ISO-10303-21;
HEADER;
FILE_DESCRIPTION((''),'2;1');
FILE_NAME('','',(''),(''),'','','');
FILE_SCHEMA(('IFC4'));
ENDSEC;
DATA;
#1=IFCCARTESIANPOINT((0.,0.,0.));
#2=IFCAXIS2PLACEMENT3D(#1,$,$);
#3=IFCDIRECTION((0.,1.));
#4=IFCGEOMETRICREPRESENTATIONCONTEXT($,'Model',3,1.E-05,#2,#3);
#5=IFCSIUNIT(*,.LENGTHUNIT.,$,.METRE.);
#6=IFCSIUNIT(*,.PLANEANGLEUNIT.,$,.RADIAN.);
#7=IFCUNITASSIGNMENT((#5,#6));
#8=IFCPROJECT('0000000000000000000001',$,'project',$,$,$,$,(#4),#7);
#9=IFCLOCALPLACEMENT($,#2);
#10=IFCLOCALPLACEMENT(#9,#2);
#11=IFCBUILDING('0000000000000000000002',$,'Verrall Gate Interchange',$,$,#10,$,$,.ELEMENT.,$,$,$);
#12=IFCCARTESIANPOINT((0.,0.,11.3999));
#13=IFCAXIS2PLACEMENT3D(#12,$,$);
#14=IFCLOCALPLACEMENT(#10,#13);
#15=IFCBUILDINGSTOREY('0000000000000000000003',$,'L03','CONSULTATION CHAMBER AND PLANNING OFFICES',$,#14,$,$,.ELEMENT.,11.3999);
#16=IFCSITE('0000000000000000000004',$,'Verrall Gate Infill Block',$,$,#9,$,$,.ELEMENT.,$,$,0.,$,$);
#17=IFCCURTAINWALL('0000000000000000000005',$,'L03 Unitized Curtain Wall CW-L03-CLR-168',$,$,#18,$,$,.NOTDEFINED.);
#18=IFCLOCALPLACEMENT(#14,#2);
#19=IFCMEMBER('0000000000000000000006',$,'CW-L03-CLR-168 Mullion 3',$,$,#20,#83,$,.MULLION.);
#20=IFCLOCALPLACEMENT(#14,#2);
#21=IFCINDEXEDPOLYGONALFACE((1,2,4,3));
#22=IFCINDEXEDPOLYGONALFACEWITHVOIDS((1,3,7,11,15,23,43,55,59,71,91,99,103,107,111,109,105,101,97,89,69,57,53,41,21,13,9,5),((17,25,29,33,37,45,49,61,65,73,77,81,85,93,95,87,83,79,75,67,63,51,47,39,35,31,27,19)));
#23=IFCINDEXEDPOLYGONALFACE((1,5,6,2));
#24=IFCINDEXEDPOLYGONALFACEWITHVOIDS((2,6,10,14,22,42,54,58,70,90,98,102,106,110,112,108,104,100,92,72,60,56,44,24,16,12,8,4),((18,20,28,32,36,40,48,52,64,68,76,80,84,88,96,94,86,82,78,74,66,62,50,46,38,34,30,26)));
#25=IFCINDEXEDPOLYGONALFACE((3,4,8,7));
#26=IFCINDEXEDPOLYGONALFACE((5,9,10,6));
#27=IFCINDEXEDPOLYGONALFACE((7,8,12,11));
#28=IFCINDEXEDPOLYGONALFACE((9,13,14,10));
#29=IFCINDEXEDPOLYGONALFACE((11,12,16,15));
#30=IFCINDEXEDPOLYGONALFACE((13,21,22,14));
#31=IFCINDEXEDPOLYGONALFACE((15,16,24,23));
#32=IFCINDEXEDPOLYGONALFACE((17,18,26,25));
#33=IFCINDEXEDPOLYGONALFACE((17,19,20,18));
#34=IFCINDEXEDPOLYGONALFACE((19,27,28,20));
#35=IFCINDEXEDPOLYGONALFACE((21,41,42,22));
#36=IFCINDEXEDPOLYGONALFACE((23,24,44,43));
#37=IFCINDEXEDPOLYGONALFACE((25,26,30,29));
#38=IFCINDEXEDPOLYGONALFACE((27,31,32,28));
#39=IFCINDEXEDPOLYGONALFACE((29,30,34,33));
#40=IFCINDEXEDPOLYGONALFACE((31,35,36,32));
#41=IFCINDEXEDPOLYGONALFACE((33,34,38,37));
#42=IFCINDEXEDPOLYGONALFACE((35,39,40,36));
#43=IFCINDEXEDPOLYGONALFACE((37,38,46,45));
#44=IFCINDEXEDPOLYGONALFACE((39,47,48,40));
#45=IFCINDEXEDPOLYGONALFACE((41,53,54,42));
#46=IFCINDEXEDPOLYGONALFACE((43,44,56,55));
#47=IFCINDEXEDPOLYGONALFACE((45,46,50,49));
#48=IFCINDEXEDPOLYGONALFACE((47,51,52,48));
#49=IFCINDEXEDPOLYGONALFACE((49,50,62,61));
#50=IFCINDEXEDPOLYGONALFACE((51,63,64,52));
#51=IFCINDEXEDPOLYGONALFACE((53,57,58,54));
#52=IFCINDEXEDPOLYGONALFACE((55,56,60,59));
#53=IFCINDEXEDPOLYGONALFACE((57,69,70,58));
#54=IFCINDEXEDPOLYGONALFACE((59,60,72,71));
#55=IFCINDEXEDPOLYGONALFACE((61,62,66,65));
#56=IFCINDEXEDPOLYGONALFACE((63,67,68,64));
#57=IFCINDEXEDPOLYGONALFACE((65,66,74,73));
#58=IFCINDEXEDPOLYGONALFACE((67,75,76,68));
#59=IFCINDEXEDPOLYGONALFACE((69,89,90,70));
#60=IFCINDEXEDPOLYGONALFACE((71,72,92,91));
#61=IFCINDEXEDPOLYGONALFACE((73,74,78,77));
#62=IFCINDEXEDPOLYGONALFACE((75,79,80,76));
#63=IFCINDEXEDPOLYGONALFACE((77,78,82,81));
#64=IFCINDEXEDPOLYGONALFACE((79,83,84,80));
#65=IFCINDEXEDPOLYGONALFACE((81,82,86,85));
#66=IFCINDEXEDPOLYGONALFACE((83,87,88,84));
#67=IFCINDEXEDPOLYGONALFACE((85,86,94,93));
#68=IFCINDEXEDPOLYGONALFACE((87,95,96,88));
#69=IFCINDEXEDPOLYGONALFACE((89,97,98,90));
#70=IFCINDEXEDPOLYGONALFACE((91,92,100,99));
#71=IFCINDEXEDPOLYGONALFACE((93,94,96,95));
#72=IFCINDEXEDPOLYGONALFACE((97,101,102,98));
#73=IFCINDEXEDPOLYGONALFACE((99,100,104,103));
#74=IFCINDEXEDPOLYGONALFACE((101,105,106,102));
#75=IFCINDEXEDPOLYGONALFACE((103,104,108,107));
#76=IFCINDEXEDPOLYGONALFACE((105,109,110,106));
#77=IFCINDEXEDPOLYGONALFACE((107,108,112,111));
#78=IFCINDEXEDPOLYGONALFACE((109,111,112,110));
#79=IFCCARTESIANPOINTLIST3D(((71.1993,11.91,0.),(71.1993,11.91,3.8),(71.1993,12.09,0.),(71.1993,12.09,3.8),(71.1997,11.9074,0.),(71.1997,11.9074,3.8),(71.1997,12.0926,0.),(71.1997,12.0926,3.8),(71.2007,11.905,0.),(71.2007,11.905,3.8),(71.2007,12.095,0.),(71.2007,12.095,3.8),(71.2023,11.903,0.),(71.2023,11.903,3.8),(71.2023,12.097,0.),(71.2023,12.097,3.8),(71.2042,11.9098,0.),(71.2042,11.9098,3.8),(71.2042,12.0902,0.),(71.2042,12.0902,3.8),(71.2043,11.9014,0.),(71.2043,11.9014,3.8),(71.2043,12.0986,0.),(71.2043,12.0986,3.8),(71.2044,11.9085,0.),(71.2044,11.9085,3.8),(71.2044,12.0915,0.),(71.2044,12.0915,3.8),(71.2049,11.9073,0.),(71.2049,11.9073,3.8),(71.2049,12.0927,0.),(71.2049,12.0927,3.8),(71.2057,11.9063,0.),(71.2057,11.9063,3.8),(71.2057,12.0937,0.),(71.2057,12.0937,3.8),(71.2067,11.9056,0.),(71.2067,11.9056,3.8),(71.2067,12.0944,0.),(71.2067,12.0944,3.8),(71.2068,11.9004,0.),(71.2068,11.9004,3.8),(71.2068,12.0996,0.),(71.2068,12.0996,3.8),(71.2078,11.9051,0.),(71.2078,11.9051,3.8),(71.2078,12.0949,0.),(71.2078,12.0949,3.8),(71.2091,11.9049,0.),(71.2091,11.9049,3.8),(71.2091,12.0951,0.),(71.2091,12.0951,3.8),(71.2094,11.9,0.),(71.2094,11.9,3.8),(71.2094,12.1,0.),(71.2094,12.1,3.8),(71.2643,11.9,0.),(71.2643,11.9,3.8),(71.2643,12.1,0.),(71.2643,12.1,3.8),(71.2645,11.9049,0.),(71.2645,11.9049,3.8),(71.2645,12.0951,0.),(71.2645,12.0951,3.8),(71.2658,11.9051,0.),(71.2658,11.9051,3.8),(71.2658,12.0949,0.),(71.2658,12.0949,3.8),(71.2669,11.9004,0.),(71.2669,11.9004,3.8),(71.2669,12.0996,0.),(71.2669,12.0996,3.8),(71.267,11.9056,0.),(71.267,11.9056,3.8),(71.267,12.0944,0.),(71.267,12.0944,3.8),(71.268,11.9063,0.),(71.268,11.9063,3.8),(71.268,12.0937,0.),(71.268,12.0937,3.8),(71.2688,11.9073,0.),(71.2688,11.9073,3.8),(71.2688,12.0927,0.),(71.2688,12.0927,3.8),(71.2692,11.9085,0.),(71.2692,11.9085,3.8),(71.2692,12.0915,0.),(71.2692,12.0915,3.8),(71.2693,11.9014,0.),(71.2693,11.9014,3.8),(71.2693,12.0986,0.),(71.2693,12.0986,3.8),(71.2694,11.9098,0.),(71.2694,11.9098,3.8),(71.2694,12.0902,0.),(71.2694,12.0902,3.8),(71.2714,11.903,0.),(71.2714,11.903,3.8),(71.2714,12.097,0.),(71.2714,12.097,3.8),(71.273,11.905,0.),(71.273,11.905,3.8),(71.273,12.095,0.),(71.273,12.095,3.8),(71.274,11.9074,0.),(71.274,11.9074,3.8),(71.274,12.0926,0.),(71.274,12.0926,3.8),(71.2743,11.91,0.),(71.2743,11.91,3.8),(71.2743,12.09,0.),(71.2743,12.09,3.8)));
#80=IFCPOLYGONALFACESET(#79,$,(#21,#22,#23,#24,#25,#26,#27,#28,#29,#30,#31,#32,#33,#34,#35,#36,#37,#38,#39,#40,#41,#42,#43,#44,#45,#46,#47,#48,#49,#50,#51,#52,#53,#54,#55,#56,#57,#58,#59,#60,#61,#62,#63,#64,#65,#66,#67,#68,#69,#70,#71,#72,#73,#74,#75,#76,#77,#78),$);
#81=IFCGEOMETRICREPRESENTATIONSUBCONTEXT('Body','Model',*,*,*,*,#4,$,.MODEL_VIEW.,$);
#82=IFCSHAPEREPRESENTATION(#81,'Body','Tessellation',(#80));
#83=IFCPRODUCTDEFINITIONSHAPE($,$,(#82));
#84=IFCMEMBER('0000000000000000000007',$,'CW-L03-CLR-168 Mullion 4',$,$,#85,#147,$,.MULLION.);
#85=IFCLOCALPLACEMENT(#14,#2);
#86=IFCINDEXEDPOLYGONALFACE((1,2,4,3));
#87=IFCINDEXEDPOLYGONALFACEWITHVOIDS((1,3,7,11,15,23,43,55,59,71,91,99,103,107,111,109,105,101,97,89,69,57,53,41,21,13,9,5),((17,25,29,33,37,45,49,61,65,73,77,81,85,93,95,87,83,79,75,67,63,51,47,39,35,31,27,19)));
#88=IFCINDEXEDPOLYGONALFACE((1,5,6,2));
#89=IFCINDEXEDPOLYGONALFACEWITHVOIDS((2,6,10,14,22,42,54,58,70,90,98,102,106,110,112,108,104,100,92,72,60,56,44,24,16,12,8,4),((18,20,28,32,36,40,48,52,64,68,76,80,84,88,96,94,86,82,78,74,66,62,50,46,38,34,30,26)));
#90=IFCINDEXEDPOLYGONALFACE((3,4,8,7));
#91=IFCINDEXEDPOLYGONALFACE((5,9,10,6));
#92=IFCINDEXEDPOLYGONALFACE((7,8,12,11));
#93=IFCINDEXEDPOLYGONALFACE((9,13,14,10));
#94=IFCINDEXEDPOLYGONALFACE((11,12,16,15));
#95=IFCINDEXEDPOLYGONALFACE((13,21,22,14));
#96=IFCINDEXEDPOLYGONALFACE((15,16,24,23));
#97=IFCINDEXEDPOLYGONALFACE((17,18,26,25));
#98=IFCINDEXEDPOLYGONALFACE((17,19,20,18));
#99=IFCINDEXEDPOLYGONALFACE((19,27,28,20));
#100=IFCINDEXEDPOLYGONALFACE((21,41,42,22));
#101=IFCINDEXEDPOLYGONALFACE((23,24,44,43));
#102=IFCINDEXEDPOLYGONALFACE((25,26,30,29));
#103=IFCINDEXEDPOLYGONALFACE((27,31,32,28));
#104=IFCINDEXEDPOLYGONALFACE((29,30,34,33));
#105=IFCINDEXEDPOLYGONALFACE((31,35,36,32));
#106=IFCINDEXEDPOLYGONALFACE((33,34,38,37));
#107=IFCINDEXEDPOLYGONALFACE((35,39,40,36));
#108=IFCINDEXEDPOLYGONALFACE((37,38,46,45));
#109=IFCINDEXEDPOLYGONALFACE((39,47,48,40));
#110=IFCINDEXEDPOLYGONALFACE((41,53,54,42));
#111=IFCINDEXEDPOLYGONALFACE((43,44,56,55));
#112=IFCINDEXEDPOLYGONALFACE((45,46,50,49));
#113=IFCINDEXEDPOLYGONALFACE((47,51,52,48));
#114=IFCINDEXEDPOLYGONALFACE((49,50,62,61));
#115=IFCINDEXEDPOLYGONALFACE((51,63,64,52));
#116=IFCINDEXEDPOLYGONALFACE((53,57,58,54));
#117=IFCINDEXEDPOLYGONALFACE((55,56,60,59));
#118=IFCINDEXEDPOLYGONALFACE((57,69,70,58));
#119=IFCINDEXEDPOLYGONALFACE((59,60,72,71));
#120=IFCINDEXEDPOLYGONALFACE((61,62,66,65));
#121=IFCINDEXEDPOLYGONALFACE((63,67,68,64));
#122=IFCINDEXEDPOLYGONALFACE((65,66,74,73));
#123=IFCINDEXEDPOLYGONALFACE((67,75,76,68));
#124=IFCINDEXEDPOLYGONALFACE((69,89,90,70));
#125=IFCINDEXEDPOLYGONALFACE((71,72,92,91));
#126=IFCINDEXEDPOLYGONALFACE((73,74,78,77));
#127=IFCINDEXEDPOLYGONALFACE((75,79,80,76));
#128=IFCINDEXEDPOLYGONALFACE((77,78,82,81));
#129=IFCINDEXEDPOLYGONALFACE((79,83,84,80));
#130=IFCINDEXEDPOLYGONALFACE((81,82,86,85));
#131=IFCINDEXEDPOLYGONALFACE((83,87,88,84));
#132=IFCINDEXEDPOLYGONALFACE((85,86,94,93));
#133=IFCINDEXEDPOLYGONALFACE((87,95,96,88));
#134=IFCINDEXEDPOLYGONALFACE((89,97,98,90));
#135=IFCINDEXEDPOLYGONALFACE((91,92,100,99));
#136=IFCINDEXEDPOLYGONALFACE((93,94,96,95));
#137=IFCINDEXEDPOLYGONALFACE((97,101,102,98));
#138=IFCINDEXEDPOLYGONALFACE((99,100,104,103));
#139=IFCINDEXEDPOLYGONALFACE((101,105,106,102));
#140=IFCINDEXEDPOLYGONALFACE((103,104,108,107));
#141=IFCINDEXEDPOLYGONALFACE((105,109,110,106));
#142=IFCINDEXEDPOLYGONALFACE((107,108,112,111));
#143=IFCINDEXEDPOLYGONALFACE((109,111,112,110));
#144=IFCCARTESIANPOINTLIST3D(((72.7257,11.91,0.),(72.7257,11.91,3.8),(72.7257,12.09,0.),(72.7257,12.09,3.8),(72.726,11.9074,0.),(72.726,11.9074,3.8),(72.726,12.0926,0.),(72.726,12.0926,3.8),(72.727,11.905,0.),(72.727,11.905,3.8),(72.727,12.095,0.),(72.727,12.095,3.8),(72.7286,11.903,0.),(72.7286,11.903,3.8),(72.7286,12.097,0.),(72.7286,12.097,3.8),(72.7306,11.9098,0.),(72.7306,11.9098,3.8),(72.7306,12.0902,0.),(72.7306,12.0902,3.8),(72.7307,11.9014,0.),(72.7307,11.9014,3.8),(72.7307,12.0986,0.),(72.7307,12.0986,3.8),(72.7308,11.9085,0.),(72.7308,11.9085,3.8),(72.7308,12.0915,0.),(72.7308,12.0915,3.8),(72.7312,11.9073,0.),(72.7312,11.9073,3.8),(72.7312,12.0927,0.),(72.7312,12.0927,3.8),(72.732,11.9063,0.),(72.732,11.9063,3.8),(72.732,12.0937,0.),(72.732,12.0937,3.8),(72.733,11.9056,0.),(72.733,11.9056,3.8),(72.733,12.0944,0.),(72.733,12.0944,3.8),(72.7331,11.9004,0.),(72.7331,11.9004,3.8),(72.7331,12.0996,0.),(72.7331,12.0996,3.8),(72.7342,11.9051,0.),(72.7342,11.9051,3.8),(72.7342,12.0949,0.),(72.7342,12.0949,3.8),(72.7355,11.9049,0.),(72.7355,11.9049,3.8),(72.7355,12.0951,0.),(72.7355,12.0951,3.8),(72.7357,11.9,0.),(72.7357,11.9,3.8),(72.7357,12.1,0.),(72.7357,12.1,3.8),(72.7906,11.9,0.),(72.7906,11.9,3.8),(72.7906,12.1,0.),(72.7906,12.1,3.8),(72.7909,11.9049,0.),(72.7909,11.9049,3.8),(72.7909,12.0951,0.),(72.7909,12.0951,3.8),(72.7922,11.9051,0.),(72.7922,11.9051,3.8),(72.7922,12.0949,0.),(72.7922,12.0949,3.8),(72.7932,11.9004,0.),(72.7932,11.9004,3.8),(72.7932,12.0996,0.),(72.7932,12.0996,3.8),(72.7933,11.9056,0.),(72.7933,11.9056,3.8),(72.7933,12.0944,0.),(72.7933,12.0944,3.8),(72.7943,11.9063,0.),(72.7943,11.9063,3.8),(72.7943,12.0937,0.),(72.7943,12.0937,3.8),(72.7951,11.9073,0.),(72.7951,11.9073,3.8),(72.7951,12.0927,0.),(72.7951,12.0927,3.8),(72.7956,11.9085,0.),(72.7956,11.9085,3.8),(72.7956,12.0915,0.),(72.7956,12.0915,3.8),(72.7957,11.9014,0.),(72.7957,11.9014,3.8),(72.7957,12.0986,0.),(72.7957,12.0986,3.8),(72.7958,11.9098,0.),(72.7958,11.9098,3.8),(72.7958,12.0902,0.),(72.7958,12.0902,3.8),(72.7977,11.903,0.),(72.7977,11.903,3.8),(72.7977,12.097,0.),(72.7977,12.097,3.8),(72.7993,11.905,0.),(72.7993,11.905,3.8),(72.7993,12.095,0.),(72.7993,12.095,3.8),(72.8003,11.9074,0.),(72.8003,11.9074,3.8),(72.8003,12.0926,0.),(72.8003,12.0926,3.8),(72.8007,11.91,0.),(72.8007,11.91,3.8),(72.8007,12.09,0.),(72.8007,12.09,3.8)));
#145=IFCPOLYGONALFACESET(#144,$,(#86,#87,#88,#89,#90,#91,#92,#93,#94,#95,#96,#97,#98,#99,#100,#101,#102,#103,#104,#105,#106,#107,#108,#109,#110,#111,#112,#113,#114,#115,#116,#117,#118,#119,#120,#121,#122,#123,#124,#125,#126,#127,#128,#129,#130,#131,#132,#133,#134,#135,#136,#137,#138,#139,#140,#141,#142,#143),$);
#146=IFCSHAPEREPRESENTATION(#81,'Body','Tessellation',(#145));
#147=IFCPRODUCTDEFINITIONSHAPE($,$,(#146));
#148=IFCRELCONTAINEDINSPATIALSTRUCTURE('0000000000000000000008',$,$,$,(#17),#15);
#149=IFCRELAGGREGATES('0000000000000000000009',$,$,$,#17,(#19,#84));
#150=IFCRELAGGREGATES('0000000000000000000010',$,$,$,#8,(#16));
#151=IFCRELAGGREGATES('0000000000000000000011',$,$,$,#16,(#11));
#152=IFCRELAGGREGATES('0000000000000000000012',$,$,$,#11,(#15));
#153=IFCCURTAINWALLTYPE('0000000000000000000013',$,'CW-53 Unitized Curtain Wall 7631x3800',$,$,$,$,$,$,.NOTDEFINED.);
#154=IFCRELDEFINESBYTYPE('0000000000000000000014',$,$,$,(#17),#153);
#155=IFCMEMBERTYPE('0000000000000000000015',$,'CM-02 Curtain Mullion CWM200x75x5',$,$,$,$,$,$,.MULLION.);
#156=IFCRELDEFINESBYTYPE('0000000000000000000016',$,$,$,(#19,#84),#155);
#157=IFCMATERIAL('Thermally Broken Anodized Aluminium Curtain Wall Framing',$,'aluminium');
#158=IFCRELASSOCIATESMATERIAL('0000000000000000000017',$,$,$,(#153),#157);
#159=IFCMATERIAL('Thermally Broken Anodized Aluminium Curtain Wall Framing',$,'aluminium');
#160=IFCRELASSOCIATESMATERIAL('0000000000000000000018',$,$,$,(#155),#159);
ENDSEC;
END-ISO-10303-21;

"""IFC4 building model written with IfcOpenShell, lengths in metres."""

from ifc_helpers import new_model, si_unit, direction, frame, origin, origin_2d, place, context, subcontext, project, spatial, hollow_rectangle, extrude, material, material_profile, profile_set, type_object, element, aggregate, save


model = new_model("IFC4")

# Units and contexts
model_context = context("Model", 3, precision=1e-05, world=origin(), true_north=direction((0.0, 1.0)))
body_context = subcontext(model_context, "Body", "Model", "MODEL_VIEW")
ifc_project = project(units=[si_unit("LENGTHUNIT", "METRE"), si_unit("PLANEANGLEUNIT", "RADIAN")], contexts=[model_context])

# Site, building, storey
site_placement = place(None, origin())
site = spatial("IfcSite", under=ifc_project, at=site_placement, Name="Verrall Gate Infill Block", CompositionType="ELEMENT", RefElevation=0.0)
building_placement = place(site_placement, origin())
building = spatial("IfcBuilding", under=site, at=building_placement, Name="Verrall Gate Interchange", CompositionType="ELEMENT")
storey_placement = place(building_placement, frame((0.0, 0.0, 11.3999)))
storey = spatial("IfcBuildingStorey", under=building, at=storey_placement, Name="L03", Description="CONSULTATION CHAMBER AND PLANNING OFFICES", CompositionType="ELEMENT", Elevation=11.3999)

# Curtain wall, members
ifc_material_1 = material(Name="Thermally Broken Anodized Aluminium Curtain Wall Framing", Category="aluminium")
curtain_wall_type = type_object("IfcCurtainWallType", Name="CW-53 Unitized Curtain Wall 7631x3800", PredefinedType="NOTDEFINED", material=ifc_material_1)
curtain_wall_placement = place(storey_placement, origin())
curtain_wall = element("IfcCurtainWall", 1, at=curtain_wall_placement, inside=storey, type_object=curtain_wall_type, Name="L03 Unitized Curtain Wall CW-L03-CLR-168", PredefinedType="NOTDEFINED")
ifc_material_2 = material(Name="Thermally Broken Anodized Aluminium Curtain Wall Framing", Category="aluminium")
ifc_material_profile_1 = material_profile(ifc_material_2, hollow_rectangle(XDim=0.075, YDim=0.2, WallThickness=0.0049, InnerFilletRadius=0.0049, OuterFilletRadius=0.01, at=origin_2d()), Name="CWM200x75x5")
ifc_profile_set_1 = profile_set([ifc_material_profile_1], Name="Thermally Broken Anodized Aluminium Curtain Wall Framing")
member_type_1 = type_object("IfcMemberType", Name="CM-02 Curtain Mullion CWM200x75x5", PredefinedType="MULLION", material=ifc_profile_set_1)
member_1_placement = place(storey_placement, frame((71.2368, 12.0, 0.0), z_axis=(0.0, 0.0, 1.0), x_axis=(1.0, 0.0, 0.0)))
member_1 = element("IfcMember", 2, at=member_1_placement, type_object=member_type_1, Name="CW-L03-CLR-168 Mullion 3", PredefinedType="MULLION", context=body_context, shape_type="SweptSolid", body=[
    extrude(hollow_rectangle(XDim=0.075, YDim=0.2, WallThickness=0.0049, InnerFilletRadius=0.0049, OuterFilletRadius=0.01, at=origin_2d()), origin(), (0.0, 0.0, 1.0), 3.8),
])
member_2_placement = place(storey_placement, frame((72.7632, 12.0, 0.0), z_axis=(0.0, 0.0, 1.0), x_axis=(1.0, 0.0, 0.0)))
member_2 = element("IfcMember", 3, at=member_2_placement, type_object=member_type_1, Name="CW-L03-CLR-168 Mullion 4", PredefinedType="MULLION", context=body_context, shape_type="SweptSolid", body=[
    extrude(hollow_rectangle(XDim=0.075, YDim=0.2, WallThickness=0.0049, InnerFilletRadius=0.0049, OuterFilletRadius=0.01, at=origin_2d()), origin(), (0.0, 0.0, 1.0), 3.8),
])

aggregate(curtain_wall, [member_1, member_2])

save(model, "model.ifc")
